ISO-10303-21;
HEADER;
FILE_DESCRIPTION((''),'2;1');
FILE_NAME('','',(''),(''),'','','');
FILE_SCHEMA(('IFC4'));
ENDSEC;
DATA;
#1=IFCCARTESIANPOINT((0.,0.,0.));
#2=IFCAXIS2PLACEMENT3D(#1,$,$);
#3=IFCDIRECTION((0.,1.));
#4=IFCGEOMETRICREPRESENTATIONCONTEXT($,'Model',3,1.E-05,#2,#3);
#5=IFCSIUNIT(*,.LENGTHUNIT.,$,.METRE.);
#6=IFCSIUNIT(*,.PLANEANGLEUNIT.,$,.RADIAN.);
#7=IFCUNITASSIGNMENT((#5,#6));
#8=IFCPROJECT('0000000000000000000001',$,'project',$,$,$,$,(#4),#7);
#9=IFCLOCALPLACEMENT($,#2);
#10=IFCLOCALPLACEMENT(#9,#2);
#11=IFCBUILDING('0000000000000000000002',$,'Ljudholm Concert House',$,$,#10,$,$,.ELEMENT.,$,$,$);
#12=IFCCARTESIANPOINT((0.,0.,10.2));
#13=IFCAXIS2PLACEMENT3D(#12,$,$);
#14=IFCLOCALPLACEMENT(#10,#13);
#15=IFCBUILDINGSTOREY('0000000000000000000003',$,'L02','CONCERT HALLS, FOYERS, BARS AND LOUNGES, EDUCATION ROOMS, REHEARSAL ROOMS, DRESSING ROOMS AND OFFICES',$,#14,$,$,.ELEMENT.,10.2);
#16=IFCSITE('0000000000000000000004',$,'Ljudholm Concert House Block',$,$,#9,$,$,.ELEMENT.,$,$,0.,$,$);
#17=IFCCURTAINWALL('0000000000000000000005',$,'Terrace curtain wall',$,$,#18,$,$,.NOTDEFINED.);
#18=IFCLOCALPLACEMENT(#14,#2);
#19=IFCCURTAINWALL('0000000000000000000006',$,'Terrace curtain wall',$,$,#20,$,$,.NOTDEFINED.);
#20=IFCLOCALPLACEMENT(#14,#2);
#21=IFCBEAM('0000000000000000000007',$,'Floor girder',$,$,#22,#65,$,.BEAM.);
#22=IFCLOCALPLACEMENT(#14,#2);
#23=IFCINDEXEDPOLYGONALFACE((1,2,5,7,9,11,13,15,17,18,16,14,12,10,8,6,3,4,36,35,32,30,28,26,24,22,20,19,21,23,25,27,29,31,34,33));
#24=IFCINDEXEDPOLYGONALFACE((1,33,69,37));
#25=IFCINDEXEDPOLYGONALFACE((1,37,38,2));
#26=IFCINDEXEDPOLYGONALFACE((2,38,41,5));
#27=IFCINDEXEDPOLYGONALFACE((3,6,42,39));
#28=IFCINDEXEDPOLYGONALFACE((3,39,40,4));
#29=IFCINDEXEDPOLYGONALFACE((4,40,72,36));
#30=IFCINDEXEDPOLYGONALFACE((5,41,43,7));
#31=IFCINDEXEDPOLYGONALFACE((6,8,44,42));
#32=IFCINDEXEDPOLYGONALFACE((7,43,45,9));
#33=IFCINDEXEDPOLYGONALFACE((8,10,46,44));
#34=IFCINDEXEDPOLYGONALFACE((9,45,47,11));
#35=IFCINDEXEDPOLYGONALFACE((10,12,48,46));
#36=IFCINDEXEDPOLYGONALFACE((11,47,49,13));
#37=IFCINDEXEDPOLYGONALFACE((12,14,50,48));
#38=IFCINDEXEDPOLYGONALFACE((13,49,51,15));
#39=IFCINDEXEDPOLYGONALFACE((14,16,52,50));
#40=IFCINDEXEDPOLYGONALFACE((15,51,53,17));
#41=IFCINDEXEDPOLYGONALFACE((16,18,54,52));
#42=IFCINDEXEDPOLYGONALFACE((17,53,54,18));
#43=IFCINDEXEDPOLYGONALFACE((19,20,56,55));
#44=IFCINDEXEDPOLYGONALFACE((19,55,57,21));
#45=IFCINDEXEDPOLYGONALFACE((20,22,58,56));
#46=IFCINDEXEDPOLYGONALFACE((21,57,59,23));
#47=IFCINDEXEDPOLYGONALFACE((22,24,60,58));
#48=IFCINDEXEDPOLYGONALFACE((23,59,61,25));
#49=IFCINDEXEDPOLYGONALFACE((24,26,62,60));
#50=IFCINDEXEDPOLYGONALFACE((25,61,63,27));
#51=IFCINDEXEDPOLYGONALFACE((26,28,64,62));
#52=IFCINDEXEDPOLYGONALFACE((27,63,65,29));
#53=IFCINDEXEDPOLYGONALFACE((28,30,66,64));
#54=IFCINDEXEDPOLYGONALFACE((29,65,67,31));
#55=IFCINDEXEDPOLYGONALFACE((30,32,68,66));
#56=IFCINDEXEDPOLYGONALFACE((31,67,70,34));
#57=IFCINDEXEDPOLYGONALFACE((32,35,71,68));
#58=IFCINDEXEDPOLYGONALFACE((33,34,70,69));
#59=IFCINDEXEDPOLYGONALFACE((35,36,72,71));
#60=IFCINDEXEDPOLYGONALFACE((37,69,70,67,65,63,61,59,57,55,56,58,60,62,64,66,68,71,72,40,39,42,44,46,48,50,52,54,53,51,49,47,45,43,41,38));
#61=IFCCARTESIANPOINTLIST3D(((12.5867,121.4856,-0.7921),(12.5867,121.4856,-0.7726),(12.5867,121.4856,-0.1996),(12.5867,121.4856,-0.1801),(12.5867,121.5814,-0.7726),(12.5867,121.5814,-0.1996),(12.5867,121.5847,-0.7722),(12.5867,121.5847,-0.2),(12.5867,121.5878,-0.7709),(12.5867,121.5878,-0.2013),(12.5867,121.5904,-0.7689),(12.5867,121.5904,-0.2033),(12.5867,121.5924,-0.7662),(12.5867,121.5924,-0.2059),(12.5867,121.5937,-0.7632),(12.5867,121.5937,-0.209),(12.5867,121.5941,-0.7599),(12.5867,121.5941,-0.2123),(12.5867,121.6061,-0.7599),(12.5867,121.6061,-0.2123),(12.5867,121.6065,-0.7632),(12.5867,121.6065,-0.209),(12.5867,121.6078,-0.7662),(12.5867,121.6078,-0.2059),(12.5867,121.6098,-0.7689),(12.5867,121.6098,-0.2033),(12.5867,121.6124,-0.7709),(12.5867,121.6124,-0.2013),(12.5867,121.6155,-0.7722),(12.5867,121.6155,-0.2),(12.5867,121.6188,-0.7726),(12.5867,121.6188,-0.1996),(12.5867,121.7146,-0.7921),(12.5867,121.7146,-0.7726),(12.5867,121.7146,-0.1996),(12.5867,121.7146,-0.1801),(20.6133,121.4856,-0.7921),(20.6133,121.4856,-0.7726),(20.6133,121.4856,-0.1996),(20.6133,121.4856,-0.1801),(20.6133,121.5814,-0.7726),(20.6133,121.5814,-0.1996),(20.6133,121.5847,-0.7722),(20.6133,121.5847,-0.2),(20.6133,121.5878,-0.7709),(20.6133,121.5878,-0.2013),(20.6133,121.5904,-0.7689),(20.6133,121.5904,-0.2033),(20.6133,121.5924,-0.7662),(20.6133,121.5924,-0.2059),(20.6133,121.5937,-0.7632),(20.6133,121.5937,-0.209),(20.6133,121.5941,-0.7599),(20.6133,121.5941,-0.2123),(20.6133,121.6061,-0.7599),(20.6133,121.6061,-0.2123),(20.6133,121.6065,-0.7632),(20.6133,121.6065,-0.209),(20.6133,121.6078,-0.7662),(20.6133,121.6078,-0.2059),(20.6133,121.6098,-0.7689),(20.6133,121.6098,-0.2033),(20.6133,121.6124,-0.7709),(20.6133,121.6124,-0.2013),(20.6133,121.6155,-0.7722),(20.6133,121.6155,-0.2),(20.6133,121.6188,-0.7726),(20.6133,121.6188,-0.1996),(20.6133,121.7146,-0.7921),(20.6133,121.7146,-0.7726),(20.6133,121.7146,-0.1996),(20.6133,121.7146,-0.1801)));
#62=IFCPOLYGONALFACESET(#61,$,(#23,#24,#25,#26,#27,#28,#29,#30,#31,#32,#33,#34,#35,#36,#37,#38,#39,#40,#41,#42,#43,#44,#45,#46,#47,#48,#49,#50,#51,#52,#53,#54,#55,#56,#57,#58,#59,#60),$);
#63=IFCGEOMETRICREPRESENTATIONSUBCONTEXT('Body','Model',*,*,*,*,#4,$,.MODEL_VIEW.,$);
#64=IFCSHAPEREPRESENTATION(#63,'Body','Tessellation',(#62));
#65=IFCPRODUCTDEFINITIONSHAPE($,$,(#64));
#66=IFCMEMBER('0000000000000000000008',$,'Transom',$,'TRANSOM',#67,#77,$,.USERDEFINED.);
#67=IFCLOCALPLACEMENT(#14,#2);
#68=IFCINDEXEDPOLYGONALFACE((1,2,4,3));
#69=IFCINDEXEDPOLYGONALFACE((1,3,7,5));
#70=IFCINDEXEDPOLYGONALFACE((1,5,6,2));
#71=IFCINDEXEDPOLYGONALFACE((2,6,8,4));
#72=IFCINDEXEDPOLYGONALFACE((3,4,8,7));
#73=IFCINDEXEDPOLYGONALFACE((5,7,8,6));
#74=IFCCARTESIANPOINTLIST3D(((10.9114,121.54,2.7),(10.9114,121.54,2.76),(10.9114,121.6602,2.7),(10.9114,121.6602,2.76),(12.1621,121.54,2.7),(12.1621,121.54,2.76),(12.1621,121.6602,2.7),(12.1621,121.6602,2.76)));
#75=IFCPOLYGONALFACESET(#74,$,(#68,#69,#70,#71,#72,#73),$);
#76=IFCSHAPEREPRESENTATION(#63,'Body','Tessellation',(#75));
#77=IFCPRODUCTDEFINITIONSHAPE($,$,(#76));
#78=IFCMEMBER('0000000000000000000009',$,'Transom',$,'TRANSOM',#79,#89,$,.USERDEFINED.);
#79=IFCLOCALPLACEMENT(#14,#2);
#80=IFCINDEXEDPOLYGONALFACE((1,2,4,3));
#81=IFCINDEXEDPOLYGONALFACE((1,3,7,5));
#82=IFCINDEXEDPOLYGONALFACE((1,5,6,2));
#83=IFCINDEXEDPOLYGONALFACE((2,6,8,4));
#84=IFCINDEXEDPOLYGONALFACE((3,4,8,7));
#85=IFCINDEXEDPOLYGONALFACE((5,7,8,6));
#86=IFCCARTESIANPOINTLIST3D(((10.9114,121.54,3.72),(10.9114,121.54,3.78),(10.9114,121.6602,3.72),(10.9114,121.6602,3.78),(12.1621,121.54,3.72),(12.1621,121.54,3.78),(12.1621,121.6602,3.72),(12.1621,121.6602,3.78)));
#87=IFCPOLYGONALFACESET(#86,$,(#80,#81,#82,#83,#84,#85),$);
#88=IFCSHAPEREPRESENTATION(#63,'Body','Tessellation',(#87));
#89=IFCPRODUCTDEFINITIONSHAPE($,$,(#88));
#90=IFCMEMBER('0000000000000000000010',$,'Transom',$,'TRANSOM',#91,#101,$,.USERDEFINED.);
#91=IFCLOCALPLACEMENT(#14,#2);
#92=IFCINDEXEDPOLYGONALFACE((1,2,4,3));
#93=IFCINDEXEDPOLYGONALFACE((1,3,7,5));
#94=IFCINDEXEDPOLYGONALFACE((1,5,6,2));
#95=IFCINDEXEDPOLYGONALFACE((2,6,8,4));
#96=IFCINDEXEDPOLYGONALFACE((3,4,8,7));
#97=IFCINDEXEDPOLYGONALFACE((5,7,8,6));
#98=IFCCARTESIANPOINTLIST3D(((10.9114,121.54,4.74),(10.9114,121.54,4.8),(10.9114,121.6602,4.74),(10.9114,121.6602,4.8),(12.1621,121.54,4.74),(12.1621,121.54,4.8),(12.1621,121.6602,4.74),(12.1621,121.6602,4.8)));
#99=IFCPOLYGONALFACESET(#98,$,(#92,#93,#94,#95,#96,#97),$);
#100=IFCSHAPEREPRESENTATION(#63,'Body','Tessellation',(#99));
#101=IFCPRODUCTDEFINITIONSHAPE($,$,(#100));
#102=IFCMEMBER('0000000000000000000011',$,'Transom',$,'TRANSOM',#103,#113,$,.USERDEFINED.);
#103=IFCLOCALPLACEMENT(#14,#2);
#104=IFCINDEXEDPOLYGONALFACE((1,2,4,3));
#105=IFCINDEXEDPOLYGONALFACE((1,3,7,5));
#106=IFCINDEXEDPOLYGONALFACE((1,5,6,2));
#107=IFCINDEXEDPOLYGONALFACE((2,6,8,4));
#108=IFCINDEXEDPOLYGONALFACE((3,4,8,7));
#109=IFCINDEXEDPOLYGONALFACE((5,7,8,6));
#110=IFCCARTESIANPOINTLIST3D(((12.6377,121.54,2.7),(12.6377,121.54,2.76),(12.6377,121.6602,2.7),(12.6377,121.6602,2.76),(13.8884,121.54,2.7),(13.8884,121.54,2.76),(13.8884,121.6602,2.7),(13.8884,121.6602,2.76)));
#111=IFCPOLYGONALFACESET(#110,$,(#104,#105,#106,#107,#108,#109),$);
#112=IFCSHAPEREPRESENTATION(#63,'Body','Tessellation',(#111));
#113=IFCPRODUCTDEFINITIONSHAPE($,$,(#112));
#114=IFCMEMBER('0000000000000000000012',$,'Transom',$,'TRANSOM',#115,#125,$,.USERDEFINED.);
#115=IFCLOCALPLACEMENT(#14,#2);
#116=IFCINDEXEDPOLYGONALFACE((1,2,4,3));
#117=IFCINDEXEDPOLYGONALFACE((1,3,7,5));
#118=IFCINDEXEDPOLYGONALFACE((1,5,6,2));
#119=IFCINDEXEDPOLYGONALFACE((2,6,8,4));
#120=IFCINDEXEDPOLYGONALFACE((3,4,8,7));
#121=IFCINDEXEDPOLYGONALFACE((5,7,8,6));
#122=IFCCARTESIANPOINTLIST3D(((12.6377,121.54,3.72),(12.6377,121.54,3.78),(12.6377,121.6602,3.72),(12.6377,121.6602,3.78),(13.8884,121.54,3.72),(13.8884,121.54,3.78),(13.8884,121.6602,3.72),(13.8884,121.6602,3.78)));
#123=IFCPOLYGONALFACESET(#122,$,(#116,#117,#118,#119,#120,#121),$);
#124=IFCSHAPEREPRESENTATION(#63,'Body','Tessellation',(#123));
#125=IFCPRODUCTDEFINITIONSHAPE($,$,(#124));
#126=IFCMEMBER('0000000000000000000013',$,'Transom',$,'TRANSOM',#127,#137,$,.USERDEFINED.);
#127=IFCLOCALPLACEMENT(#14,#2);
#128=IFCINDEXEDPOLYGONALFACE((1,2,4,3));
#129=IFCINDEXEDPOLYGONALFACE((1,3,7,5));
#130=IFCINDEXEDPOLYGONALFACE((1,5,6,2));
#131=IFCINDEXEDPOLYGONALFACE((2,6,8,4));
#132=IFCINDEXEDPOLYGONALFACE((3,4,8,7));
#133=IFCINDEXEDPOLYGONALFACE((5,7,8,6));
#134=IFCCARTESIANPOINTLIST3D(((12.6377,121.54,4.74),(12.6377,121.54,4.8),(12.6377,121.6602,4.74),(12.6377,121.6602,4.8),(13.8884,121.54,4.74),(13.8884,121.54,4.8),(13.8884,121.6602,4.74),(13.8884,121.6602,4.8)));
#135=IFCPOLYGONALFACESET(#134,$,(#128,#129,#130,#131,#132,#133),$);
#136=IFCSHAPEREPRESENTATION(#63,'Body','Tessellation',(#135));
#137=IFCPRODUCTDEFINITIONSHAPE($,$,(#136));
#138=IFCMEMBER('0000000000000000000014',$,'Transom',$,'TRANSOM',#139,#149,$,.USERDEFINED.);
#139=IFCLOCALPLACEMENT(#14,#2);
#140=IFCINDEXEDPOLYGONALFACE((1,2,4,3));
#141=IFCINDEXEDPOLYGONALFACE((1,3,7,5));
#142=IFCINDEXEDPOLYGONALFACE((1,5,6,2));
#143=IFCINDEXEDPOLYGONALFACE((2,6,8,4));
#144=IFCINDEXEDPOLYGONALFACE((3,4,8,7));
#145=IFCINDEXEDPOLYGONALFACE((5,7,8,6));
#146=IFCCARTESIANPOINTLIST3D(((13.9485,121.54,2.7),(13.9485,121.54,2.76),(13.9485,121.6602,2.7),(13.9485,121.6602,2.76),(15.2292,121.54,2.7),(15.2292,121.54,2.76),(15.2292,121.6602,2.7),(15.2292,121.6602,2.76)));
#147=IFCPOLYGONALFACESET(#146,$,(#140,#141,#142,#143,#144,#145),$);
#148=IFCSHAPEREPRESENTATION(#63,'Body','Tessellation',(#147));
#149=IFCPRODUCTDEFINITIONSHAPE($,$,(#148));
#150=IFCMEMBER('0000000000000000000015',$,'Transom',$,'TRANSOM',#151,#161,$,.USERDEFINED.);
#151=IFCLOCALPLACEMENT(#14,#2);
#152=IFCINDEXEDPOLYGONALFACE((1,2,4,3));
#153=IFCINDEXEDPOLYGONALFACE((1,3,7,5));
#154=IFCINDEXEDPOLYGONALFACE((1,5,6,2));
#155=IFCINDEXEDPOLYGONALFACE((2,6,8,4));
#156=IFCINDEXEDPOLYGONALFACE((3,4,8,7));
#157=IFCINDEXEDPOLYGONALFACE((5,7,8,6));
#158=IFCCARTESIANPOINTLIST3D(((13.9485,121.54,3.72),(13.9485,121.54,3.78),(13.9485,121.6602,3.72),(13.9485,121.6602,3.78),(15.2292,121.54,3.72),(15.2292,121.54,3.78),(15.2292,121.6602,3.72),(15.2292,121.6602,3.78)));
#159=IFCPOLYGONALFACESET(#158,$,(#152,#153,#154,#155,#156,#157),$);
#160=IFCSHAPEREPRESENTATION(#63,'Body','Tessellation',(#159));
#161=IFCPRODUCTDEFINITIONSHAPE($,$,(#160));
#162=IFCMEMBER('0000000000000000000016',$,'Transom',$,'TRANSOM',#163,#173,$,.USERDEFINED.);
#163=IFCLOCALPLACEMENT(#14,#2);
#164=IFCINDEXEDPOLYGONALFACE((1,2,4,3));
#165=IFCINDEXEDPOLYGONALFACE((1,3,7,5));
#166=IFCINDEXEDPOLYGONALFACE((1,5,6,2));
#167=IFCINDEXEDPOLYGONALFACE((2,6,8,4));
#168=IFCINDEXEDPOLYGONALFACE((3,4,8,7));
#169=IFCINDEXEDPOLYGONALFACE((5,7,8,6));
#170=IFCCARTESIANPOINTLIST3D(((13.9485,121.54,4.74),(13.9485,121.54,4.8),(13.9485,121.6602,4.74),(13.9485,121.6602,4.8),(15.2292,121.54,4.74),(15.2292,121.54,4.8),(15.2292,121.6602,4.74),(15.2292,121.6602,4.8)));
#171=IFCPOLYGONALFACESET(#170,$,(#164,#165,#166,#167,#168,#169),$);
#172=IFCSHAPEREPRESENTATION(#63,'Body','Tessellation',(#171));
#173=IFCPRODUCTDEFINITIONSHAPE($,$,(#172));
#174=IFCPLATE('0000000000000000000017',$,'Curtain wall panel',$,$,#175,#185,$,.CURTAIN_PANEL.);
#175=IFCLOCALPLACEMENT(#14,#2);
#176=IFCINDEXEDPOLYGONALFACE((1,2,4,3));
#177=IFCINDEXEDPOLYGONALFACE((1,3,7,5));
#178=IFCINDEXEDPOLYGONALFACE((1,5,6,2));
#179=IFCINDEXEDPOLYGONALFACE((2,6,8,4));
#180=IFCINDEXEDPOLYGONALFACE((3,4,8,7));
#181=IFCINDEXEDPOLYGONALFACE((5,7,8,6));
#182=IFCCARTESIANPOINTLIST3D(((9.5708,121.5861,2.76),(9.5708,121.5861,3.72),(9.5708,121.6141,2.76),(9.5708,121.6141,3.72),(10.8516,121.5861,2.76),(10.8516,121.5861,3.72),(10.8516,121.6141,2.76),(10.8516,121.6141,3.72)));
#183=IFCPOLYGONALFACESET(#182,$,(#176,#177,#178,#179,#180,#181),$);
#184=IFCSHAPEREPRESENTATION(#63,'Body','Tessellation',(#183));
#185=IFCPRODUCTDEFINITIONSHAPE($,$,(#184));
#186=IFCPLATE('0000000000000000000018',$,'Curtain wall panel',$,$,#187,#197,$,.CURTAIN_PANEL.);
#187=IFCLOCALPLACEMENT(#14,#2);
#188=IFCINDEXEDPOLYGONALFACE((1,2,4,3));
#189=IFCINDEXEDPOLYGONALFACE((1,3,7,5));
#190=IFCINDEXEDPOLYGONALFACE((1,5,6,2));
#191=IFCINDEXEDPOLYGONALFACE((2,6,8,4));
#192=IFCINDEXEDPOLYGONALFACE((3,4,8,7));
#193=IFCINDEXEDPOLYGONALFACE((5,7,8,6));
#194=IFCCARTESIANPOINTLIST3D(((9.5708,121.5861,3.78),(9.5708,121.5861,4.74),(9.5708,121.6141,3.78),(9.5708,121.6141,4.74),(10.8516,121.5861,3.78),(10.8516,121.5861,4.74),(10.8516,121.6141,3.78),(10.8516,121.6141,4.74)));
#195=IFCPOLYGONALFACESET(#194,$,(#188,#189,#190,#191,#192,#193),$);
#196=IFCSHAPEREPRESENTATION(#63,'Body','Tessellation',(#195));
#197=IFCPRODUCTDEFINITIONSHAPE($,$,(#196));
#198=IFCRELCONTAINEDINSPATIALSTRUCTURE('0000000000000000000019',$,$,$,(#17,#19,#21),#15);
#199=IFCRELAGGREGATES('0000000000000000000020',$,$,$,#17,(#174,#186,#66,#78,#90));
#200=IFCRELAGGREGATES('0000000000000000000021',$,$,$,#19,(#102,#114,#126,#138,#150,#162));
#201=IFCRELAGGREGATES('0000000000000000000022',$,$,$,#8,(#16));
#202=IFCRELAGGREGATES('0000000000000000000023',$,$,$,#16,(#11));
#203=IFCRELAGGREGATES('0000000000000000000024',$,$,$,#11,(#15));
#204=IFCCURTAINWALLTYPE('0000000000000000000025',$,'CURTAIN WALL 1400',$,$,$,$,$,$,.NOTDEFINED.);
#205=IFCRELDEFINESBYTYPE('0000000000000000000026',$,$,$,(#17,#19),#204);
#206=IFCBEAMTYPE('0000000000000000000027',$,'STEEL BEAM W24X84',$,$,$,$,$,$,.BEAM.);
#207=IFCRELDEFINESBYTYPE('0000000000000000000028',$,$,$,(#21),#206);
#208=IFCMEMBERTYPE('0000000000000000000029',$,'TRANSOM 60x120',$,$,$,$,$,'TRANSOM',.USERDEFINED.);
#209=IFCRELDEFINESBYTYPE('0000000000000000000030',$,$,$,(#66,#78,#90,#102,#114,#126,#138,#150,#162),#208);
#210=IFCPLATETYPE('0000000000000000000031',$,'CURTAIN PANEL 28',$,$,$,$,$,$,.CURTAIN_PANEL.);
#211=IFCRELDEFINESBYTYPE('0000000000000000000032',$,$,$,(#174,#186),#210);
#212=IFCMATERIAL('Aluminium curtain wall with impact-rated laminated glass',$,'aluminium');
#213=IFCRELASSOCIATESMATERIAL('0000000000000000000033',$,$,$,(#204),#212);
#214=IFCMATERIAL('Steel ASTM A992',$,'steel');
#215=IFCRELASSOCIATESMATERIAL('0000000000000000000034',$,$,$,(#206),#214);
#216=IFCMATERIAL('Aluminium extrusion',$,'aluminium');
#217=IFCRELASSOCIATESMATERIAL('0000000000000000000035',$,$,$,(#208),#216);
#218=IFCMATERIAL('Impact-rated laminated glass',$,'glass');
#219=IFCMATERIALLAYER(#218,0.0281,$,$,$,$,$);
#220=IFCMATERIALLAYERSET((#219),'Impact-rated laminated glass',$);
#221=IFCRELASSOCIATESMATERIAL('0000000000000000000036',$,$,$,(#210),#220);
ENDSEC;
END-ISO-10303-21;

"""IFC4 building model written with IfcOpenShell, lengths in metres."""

from ifc_helpers import new_model, si_unit, direction, frame, origin, origin_2d, place, context, subcontext, project, spatial, rectangle, i_section, extrude, material, layer, layer_set, material_profile, profile_set, type_object, element, aggregate, save


model = new_model("IFC4")

# Units and contexts
model_context = context("Model", 3, precision=1e-05, world=origin(), true_north=direction((0.0, 1.0)))
body_context = subcontext(model_context, "Body", "Model", "MODEL_VIEW")
ifc_project = project(units=[si_unit("LENGTHUNIT", "METRE"), si_unit("PLANEANGLEUNIT", "RADIAN")], contexts=[model_context])

# Site, building, storey
site_placement = place(None, origin())
site = spatial("IfcSite", under=ifc_project, at=site_placement, Name="Ljudholm Concert House Block", CompositionType="ELEMENT", RefElevation=0.0)
building_placement = place(site_placement, origin())
building = spatial("IfcBuilding", under=site, at=building_placement, Name="Ljudholm Concert House", CompositionType="ELEMENT")
storey_placement = place(building_placement, frame((0.0, 0.0, 10.2)))
storey = spatial("IfcBuildingStorey", under=building, at=storey_placement, Name="L02", Description="CONCERT HALLS, FOYERS, BARS AND LOUNGES, EDUCATION ROOMS, REHEARSAL ROOMS, DRESSING ROOMS AND OFFICES", CompositionType="ELEMENT", Elevation=10.2)

# Curtain walls
ifc_material_1 = material(Name="Aluminium curtain wall with impact-rated laminated glass", Category="aluminium")
curtain_wall_type = type_object("IfcCurtainWallType", Name="CURTAIN WALL 1400", PredefinedType="NOTDEFINED", material=ifc_material_1)
curtain_wall_1_placement = place(storey_placement, origin())
curtain_wall_1 = element("IfcCurtainWall", 1, at=curtain_wall_1_placement, inside=storey, type_object=curtain_wall_type, Name="Terrace curtain wall", PredefinedType="NOTDEFINED")
curtain_wall_2_placement = place(storey_placement, origin())
curtain_wall_2 = element("IfcCurtainWall", 2, at=curtain_wall_2_placement, inside=storey, type_object=curtain_wall_type, Name="Terrace curtain wall", PredefinedType="NOTDEFINED")

# Beam
ifc_material_2 = material(Name="Steel ASTM A992", Category="steel")
ifc_material_profile_1 = material_profile(ifc_material_2, i_section(OverallWidth=0.229, OverallDepth=0.6121, WebThickness=0.012, FlangeThickness=0.0195, FilletRadius=0.0127, at=origin_2d()), Name="W24X84")
ifc_profile_set_1 = profile_set([ifc_material_profile_1], Name="Steel ASTM A992")
beam_type_1 = type_object("IfcBeamType", Name="STEEL BEAM W24X84", PredefinedType="BEAM", material=ifc_profile_set_1)
beam_1_placement = place(storey_placement, frame((12.5867, 121.6001, -0.4861), z_axis=(1.0, 0.0, 0.0), x_axis=(0.0, 1.0, 0.0)))
element("IfcBeam", 3, at=beam_1_placement, inside=storey, type_object=beam_type_1, Name="Floor girder", PredefinedType="BEAM", context=body_context, shape_type="SweptSolid", body=[
    extrude(i_section(OverallWidth=0.229, OverallDepth=0.6121, WebThickness=0.012, FlangeThickness=0.0195, FilletRadius=0.0127, at=origin_2d()), origin(), (0.0, 0.0, 1.0), 8.0266),
])

# Members
ifc_material_3 = material(Name="Aluminium extrusion", Category="aluminium")
ifc_material_profile_2 = material_profile(ifc_material_3, rectangle(XDim=0.1201, YDim=0.0601, at=origin_2d()), Name="TRANSOM 60x120")
ifc_profile_set_2 = profile_set([ifc_material_profile_2], Name="Aluminium extrusion")
member_type_1 = type_object("IfcMemberType", Name="TRANSOM 60x120", ElementType="TRANSOM", PredefinedType="USERDEFINED", material=ifc_profile_set_2)
member_1_placement = place(storey_placement, frame((10.9114, 121.6001, 2.73), z_axis=(1.0, 0.0, 0.0), x_axis=(0.0, 1.0, 0.0)))
member_1 = element("IfcMember", 4, at=member_1_placement, type_object=member_type_1, Name="Transom", ObjectType="TRANSOM", PredefinedType="USERDEFINED", context=body_context, shape_type="SweptSolid", body=[
    extrude(rectangle(XDim=0.1201, YDim=0.0601, at=origin_2d()), origin(), (0.0, 0.0, 1.0), 1.2507),
])
member_2_placement = place(storey_placement, frame((10.9114, 121.6001, 3.75), z_axis=(1.0, 0.0, 0.0), x_axis=(0.0, 1.0, 0.0)))
member_2 = element("IfcMember", 5, at=member_2_placement, type_object=member_type_1, Name="Transom", ObjectType="TRANSOM", PredefinedType="USERDEFINED", context=body_context, shape_type="SweptSolid", body=[
    extrude(rectangle(XDim=0.1201, YDim=0.0601, at=origin_2d()), origin(), (0.0, 0.0, 1.0), 1.2507),
])
member_3_placement = place(storey_placement, frame((10.9114, 121.6001, 4.77), z_axis=(1.0, 0.0, 0.0), x_axis=(0.0, 1.0, 0.0)))
member_3 = element("IfcMember", 6, at=member_3_placement, type_object=member_type_1, Name="Transom", ObjectType="TRANSOM", PredefinedType="USERDEFINED", context=body_context, shape_type="SweptSolid", body=[
    extrude(rectangle(XDim=0.1201, YDim=0.0601, at=origin_2d()), origin(), (0.0, 0.0, 1.0), 1.2507),
])
member_4_placement = place(storey_placement, frame((12.6377, 121.6001, 2.73), z_axis=(1.0, 0.0, 0.0), x_axis=(0.0, 1.0, 0.0)))
member_4 = element("IfcMember", 7, at=member_4_placement, type_object=member_type_1, Name="Transom", ObjectType="TRANSOM", PredefinedType="USERDEFINED", context=body_context, shape_type="SweptSolid", body=[
    extrude(rectangle(XDim=0.1201, YDim=0.0601, at=origin_2d()), origin(), (0.0, 0.0, 1.0), 1.2507),
])
member_5_placement = place(storey_placement, frame((12.6377, 121.6001, 3.75), z_axis=(1.0, 0.0, 0.0), x_axis=(0.0, 1.0, 0.0)))
member_5 = element("IfcMember", 8, at=member_5_placement, type_object=member_type_1, Name="Transom", ObjectType="TRANSOM", PredefinedType="USERDEFINED", context=body_context, shape_type="SweptSolid", body=[
    extrude(rectangle(XDim=0.1201, YDim=0.0601, at=origin_2d()), origin(), (0.0, 0.0, 1.0), 1.2507),
])
member_6_placement = place(storey_placement, frame((12.6377, 121.6001, 4.77), z_axis=(1.0, 0.0, 0.0), x_axis=(0.0, 1.0, 0.0)))
member_6 = element("IfcMember", 9, at=member_6_placement, type_object=member_type_1, Name="Transom", ObjectType="TRANSOM", PredefinedType="USERDEFINED", context=body_context, shape_type="SweptSolid", body=[
    extrude(rectangle(XDim=0.1201, YDim=0.0601, at=origin_2d()), origin(), (0.0, 0.0, 1.0), 1.2507),
])
member_7_placement = place(storey_placement, frame((13.9485, 121.6001, 2.73), z_axis=(1.0, 0.0, 0.0), x_axis=(0.0, 1.0, 0.0)))
member_7 = element("IfcMember", 10, at=member_7_placement, type_object=member_type_1, Name="Transom", ObjectType="TRANSOM", PredefinedType="USERDEFINED", context=body_context, shape_type="SweptSolid", body=[
    extrude(rectangle(XDim=0.1201, YDim=0.0601, at=origin_2d()), origin(), (0.0, 0.0, 1.0), 1.2808),
])
member_8_placement = place(storey_placement, frame((13.9485, 121.6001, 3.75), z_axis=(1.0, 0.0, 0.0), x_axis=(0.0, 1.0, 0.0)))
member_8 = element("IfcMember", 11, at=member_8_placement, type_object=member_type_1, Name="Transom", ObjectType="TRANSOM", PredefinedType="USERDEFINED", context=body_context, shape_type="SweptSolid", body=[
    extrude(rectangle(XDim=0.1201, YDim=0.0601, at=origin_2d()), origin(), (0.0, 0.0, 1.0), 1.2808),
])
member_9_placement = place(storey_placement, frame((13.9485, 121.6001, 4.77), z_axis=(1.0, 0.0, 0.0), x_axis=(0.0, 1.0, 0.0)))
member_9 = element("IfcMember", 12, at=member_9_placement, type_object=member_type_1, Name="Transom", ObjectType="TRANSOM", PredefinedType="USERDEFINED", context=body_context, shape_type="SweptSolid", body=[
    extrude(rectangle(XDim=0.1201, YDim=0.0601, at=origin_2d()), origin(), (0.0, 0.0, 1.0), 1.2808),
])

# Plates
ifc_material_4 = material(Name="Impact-rated laminated glass", Category="glass")
ifc_layer_1 = layer(ifc_material_4, 0.0281)
ifc_layer_set_1 = layer_set([ifc_layer_1], Name="Impact-rated laminated glass")
plate_type = type_object("IfcPlateType", Name="CURTAIN PANEL 28", PredefinedType="CURTAIN_PANEL", material=ifc_layer_set_1)
plate_1_placement = place(storey_placement, frame((10.2112, 121.6001, 2.76), z_axis=(0.0, 0.0, 1.0), x_axis=(1.0, 0.0, 0.0)))
plate_1 = element("IfcPlate", 13, at=plate_1_placement, type_object=plate_type, Name="Curtain wall panel", PredefinedType="CURTAIN_PANEL", context=body_context, shape_type="SweptSolid", body=[
    extrude(rectangle(XDim=1.2808, YDim=0.0281, at=origin_2d()), origin(), (0.0, 0.0, 1.0), 0.96),
])
plate_2_placement = place(storey_placement, frame((10.2112, 121.6001, 3.78), z_axis=(0.0, 0.0, 1.0), x_axis=(1.0, 0.0, 0.0)))
plate_2 = element("IfcPlate", 14, at=plate_2_placement, type_object=plate_type, Name="Curtain wall panel", PredefinedType="CURTAIN_PANEL", context=body_context, shape_type="SweptSolid", body=[
    extrude(rectangle(XDim=1.2808, YDim=0.0281, at=origin_2d()), origin(), (0.0, 0.0, 1.0), 0.96),
])
aggregate(curtain_wall_1, [plate_1, plate_2, member_1, member_2, member_3])
aggregate(curtain_wall_2, [member_4, member_5, member_6, member_7, member_8, member_9])

save(model, "model.ifc")
